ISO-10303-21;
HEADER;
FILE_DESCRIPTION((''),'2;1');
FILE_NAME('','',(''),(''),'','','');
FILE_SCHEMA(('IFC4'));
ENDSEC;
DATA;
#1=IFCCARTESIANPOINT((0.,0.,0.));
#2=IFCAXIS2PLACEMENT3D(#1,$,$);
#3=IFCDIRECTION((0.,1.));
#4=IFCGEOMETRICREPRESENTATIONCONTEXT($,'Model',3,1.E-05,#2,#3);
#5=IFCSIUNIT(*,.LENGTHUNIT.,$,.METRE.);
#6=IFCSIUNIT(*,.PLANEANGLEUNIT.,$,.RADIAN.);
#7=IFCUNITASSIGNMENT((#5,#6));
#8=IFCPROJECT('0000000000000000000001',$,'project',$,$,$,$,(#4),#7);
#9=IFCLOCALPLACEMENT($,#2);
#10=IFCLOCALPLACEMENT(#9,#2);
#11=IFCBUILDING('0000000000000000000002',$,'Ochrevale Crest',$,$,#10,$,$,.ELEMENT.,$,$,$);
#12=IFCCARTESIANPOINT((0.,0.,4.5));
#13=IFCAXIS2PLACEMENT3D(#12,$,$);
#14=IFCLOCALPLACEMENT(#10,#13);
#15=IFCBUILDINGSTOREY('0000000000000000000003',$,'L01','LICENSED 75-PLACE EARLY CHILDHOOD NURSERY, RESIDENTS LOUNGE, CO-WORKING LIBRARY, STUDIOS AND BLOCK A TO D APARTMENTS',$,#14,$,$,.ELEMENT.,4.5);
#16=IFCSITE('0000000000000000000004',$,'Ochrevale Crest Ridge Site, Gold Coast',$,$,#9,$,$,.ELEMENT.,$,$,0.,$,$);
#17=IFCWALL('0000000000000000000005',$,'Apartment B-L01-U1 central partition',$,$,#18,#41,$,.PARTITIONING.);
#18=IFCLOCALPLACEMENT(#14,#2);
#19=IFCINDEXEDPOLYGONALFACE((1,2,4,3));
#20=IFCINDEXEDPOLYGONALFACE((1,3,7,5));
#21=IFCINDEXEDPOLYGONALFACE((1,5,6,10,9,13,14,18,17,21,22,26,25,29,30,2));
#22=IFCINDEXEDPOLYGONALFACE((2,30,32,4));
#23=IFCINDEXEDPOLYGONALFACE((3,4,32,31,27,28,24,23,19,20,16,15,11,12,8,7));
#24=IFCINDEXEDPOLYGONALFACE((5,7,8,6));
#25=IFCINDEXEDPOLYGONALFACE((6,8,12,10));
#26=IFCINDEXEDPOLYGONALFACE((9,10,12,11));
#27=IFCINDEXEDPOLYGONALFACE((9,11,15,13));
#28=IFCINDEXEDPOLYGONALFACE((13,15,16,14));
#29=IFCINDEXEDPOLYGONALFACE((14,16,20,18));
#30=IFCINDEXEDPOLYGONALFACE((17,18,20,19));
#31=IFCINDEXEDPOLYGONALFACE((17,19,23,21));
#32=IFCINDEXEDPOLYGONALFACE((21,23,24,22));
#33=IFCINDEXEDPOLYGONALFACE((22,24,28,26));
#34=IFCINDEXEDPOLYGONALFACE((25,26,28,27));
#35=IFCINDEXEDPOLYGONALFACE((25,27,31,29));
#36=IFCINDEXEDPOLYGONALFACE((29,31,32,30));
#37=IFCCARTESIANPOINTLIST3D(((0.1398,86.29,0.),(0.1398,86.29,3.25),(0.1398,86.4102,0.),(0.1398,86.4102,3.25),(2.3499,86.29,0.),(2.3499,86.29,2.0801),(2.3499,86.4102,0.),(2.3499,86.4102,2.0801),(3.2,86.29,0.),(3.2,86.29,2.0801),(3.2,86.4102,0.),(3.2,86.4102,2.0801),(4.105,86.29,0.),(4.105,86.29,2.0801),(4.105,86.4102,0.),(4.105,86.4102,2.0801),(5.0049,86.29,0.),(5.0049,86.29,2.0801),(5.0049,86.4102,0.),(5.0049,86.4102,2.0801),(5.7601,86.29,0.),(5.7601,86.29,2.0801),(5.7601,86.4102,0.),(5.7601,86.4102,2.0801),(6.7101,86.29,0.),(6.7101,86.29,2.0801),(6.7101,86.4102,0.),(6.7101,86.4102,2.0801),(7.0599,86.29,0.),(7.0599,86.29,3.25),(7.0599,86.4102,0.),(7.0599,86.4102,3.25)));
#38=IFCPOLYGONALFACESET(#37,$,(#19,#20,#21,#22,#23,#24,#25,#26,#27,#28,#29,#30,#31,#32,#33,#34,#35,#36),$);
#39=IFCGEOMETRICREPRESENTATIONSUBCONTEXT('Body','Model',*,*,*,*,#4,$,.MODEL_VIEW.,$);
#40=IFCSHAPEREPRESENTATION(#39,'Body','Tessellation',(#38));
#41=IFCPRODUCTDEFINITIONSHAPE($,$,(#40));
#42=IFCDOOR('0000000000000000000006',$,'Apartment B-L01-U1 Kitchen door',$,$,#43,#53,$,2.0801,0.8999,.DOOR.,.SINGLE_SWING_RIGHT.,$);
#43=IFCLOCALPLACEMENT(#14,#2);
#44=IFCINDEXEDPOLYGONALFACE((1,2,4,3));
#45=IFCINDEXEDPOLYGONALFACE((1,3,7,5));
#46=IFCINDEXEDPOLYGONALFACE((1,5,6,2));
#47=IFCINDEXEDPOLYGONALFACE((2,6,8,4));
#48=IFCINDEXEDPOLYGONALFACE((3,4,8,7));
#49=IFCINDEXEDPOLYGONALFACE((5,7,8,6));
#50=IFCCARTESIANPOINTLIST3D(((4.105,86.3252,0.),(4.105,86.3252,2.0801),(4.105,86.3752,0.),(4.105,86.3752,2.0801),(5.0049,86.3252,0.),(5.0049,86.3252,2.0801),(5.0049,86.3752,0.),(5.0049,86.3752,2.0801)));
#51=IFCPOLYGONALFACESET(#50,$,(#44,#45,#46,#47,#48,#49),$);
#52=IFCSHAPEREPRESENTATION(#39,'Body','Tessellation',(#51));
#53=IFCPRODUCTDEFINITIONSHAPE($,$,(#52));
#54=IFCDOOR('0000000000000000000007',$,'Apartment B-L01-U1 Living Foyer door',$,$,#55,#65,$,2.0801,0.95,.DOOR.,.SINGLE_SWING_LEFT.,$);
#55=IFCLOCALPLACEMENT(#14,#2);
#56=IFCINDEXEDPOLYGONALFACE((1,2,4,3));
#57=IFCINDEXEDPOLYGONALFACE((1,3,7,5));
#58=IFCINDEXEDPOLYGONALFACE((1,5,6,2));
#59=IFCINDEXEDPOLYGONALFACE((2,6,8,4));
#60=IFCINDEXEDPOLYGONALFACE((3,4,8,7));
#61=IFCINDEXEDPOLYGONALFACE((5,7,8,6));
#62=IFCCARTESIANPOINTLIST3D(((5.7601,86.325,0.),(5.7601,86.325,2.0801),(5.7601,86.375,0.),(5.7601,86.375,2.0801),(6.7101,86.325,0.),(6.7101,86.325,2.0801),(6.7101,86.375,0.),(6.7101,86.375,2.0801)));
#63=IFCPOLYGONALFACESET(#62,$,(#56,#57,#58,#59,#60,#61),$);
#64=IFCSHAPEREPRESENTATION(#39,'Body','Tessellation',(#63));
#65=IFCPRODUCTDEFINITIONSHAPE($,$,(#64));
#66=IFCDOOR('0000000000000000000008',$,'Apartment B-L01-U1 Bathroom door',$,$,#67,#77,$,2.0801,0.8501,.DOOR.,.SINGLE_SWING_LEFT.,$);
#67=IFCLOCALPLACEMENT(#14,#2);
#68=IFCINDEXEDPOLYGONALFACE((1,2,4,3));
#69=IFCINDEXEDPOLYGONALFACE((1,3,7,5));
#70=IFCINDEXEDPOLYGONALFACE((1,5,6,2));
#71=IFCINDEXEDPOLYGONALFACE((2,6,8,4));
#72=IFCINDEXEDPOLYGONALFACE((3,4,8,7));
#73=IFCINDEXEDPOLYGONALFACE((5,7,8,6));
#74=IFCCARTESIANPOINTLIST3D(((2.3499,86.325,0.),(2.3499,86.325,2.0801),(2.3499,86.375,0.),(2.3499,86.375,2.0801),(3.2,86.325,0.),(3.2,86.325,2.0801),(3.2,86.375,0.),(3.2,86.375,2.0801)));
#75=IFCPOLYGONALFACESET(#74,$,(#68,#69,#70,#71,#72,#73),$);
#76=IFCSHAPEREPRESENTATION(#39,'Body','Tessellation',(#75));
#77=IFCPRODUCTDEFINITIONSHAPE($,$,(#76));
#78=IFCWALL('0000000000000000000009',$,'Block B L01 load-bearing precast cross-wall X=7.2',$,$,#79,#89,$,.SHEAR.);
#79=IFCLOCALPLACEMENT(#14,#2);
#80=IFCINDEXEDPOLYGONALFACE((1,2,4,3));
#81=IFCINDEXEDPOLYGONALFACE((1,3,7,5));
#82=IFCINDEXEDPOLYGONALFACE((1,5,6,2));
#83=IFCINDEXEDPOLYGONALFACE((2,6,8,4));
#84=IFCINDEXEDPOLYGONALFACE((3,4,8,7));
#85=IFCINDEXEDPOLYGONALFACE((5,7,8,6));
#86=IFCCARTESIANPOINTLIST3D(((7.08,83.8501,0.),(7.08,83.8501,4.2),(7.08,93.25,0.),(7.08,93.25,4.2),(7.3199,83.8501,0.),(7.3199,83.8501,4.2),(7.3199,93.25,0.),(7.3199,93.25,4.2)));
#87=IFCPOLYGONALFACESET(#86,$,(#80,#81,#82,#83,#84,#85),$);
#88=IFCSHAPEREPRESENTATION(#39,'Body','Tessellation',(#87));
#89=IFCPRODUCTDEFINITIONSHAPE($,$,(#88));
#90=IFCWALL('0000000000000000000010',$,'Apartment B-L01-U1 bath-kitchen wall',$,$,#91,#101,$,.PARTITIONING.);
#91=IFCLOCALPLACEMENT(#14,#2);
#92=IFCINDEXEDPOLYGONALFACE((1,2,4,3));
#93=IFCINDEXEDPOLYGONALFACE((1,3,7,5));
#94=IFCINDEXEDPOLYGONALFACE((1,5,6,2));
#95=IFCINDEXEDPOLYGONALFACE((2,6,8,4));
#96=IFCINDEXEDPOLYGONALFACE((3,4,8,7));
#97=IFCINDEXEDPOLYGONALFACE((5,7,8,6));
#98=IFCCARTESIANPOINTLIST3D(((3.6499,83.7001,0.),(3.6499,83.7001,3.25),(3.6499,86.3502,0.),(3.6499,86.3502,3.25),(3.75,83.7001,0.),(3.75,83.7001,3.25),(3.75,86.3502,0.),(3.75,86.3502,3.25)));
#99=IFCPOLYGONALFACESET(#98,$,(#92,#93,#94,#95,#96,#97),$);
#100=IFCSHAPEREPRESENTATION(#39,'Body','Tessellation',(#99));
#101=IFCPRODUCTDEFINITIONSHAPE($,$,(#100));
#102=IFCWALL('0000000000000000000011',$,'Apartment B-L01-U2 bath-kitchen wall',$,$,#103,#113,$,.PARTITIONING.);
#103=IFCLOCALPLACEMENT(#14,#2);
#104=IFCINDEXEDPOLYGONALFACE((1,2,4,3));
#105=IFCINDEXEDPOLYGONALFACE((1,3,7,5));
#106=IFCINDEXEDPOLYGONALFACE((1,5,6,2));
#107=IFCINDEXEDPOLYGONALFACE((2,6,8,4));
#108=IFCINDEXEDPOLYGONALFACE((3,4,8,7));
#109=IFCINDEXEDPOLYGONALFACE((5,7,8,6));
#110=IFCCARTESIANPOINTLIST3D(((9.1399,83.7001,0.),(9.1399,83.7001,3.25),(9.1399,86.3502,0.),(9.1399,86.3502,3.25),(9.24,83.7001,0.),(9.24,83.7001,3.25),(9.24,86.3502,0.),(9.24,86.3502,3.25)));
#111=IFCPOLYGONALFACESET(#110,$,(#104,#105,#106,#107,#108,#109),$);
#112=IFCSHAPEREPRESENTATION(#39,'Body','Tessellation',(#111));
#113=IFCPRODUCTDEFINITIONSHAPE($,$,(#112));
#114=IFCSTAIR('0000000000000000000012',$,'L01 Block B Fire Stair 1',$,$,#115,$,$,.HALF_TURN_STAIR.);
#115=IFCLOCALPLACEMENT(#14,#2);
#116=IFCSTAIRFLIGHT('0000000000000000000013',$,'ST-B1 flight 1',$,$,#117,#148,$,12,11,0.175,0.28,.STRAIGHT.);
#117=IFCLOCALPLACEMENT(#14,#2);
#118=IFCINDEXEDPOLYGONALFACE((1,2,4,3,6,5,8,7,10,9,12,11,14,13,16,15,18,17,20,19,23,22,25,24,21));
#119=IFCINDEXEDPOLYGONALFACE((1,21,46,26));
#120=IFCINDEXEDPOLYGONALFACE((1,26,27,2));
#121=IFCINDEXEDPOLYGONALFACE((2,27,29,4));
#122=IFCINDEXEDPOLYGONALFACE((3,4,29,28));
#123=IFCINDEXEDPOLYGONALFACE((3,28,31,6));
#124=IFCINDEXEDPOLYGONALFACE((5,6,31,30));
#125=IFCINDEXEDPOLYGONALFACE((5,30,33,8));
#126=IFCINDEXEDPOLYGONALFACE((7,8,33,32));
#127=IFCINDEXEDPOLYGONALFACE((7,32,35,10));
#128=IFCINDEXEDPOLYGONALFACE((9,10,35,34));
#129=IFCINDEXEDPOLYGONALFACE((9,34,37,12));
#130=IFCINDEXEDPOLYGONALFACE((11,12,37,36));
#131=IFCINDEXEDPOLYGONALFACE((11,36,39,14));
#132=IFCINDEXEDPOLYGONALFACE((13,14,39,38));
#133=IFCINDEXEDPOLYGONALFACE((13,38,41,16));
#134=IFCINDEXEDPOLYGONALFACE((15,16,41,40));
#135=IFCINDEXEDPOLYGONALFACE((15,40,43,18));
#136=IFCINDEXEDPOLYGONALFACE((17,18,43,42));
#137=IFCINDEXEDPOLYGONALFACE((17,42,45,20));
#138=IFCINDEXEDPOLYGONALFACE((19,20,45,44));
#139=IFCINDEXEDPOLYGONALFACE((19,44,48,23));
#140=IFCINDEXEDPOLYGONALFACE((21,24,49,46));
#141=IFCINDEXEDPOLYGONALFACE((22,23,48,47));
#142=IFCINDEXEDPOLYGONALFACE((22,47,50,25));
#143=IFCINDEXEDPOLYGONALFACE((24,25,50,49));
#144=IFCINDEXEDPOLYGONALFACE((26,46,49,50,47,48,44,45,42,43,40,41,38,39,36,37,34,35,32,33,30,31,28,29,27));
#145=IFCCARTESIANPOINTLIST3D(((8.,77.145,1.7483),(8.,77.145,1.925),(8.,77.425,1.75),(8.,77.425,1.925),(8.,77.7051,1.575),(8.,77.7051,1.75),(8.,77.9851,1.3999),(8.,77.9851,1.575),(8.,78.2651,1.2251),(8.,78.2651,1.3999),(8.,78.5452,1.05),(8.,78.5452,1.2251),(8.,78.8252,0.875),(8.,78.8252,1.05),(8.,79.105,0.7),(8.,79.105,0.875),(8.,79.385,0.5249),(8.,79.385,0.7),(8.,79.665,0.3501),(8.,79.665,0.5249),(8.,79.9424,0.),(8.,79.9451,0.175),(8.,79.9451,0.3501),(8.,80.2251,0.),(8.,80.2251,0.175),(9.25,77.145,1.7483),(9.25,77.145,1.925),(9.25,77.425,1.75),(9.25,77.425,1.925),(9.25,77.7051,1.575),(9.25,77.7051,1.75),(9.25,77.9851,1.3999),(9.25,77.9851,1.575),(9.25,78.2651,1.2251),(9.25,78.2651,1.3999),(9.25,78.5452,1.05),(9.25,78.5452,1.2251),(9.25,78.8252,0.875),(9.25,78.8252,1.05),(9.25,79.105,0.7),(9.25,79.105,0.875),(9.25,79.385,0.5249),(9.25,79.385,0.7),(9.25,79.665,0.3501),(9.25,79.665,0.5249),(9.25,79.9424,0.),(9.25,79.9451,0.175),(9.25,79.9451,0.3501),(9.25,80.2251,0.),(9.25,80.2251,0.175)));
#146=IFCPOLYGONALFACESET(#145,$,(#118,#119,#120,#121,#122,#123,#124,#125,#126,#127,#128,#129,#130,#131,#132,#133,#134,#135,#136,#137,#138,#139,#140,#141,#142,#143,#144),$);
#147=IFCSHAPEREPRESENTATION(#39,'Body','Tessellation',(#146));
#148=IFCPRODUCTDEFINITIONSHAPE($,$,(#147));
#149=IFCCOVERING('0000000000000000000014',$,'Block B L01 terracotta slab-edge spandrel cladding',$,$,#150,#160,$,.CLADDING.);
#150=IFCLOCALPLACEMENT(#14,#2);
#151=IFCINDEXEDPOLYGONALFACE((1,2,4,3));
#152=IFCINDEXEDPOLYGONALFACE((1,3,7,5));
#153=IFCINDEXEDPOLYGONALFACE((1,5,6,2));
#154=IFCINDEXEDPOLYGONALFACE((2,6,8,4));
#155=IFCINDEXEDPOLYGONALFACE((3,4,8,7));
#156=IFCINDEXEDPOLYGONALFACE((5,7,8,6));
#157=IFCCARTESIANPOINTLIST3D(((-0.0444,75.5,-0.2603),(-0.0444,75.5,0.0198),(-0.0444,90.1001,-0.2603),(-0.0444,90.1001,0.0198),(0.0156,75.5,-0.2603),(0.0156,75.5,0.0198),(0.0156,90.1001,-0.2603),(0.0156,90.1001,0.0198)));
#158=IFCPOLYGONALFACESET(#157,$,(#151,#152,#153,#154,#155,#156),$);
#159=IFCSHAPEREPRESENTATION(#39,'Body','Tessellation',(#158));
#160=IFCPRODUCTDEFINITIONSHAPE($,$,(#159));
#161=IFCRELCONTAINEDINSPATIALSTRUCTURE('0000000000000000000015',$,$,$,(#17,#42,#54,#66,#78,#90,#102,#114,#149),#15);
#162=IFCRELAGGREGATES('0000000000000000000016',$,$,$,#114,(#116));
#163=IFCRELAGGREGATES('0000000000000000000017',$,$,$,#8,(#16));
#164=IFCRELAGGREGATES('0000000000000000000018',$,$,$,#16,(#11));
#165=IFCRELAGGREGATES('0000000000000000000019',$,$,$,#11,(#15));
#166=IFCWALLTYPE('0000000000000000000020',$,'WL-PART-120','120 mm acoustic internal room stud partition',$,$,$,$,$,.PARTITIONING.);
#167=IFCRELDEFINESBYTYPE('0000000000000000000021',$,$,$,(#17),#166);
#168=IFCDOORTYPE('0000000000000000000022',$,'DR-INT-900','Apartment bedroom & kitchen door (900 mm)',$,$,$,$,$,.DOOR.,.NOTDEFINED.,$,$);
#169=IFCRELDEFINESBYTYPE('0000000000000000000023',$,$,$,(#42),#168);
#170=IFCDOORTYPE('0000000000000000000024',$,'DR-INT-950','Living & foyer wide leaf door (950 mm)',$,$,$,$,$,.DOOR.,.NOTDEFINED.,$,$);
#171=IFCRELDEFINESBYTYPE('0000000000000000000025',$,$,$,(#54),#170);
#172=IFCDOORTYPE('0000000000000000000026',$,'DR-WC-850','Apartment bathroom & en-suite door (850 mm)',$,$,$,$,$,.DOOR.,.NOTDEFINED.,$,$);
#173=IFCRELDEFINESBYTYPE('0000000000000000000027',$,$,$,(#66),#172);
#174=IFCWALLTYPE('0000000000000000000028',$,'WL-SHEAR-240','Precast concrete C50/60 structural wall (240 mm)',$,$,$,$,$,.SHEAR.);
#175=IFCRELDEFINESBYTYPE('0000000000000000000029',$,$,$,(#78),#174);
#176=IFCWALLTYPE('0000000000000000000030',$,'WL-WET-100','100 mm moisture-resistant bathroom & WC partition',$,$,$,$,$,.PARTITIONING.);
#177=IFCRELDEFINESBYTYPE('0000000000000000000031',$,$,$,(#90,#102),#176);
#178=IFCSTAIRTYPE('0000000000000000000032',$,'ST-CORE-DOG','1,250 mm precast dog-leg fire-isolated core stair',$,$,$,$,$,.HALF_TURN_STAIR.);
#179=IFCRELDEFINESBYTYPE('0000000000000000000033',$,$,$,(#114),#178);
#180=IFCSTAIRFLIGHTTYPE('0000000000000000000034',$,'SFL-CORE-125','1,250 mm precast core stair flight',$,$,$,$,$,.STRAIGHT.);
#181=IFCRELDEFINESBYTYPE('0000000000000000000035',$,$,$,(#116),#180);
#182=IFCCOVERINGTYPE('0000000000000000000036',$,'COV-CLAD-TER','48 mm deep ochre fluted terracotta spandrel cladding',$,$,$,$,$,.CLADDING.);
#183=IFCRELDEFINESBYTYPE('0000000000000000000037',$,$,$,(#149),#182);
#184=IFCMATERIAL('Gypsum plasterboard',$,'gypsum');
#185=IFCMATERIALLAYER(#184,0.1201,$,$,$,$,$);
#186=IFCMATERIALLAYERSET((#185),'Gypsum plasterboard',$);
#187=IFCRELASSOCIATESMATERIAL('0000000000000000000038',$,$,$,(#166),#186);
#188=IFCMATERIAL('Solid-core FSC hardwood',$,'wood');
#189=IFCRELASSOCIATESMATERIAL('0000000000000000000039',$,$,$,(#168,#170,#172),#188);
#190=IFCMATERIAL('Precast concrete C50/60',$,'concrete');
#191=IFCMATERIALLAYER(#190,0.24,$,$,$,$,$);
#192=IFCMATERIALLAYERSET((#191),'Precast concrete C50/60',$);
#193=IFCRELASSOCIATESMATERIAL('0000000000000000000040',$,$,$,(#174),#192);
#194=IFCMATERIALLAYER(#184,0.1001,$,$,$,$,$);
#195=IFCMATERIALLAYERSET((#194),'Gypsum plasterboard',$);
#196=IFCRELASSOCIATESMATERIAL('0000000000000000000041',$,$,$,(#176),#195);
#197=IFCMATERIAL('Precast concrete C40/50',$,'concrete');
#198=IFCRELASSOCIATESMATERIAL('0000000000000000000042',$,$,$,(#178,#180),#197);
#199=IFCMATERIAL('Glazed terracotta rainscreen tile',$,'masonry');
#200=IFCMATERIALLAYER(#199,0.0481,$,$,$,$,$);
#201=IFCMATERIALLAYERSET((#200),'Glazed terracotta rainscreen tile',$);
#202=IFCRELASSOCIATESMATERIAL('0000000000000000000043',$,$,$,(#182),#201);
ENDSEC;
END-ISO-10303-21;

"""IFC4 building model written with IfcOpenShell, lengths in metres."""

from ifc_helpers import new_model, si_unit, direction, frame, frame_2d, origin, origin_2d, place, context, subcontext, project, spatial, polyline, rectangle, outline, extrude, material, layer, layer_set, type_object, element, fill, aggregate, save


model = new_model("IFC4")

# Units and contexts
model_context = context("Model", 3, precision=1e-05, world=origin(), true_north=direction((0.0, 1.0)))
body_context = subcontext(model_context, "Body", "Model", "MODEL_VIEW")
ifc_project = project(units=[si_unit("LENGTHUNIT", "METRE"), si_unit("PLANEANGLEUNIT", "RADIAN")], contexts=[model_context])

# Site, building, storey
site_placement = place(None, origin())
site = spatial("IfcSite", under=ifc_project, at=site_placement, Name="Ochrevale Crest Ridge Site, Gold Coast", CompositionType="ELEMENT", RefElevation=0.0)
building_placement = place(site_placement, origin())
building = spatial("IfcBuilding", under=site, at=building_placement, Name="Ochrevale Crest", CompositionType="ELEMENT")
storey_placement = place(building_placement, frame((0.0, 0.0, 4.5)))
storey = spatial("IfcBuildingStorey", under=building, at=storey_placement, Name="L01", Description="LICENSED 75-PLACE EARLY CHILDHOOD NURSERY, RESIDENTS LOUNGE, CO-WORKING LIBRARY, STUDIOS AND BLOCK A TO D APARTMENTS", CompositionType="ELEMENT", Elevation=4.5)

# Shared definitions
ifc_material_1 = material(Name="Gypsum plasterboard", Category="gypsum")
ifc_material_2 = material(Name="Solid-core FSC hardwood", Category="wood")
ifc_material_3 = material(Name="Precast concrete C50/60", Category="concrete")

# Shared definitions
ifc_layer_1 = layer(ifc_material_1, 0.1201)
ifc_layer_set_1 = layer_set([ifc_layer_1], Name="Gypsum plasterboard")
wall_type_1 = type_object("IfcWallType", Name="WL-PART-120", Description="120 mm acoustic internal room stud partition", PredefinedType="PARTITIONING", material=ifc_layer_set_1)

# Wall, openings, doors
wall_1_placement = place(storey_placement, frame((0.1399, 86.3501, 0.0), z_axis=(0.0, 0.0, 1.0), x_axis=(1.0, 0.0, 0.0)))
wall_1 = element("IfcWall", 1, at=wall_1_placement, inside=storey, type_object=wall_type_1, Name="Apartment B-L01-U1 central partition", PredefinedType="PARTITIONING", context=body_context, shape_type="SweptSolid", body=[
    extrude(rectangle(XDim=6.9202, YDim=0.1201, at=frame_2d((3.46, 0.0))), origin(), (0.0, 0.0, 1.0), 3.25),
])
opening_1_placement = place(wall_1_placement, frame((2.21, 0.0, 0.0)))
opening_1 = element("IfcOpeningElement", 2, at=opening_1_placement, cuts=wall_1, PredefinedType="OPENING", context=body_context, shape_type="SweptSolid", body=[
    extrude(rectangle(XDim=0.8501, YDim=2.0801, at=frame_2d((0.425, 1.04))), frame((0.0, 0.0701, 0.0), z_axis=(0.0, -1.0, 0.0), x_axis=(1.0, 0.0, 0.0)), (0.0, 0.0, 1.0), 0.1401),
])
opening_2_placement = place(wall_1_placement, frame((4.865, 0.0, 0.0), z_axis=(0.0, 0.0, 1.0), x_axis=(-1.0, 0.0, 0.0)))
opening_2 = element("IfcOpeningElement", 3, at=opening_2_placement, cuts=wall_1, PredefinedType="OPENING", context=body_context, shape_type="SweptSolid", body=[
    extrude(rectangle(XDim=0.8999, YDim=2.0801, at=frame_2d((0.45, 1.04))), frame((0.0, 0.0701, 0.0), z_axis=(0.0, -1.0, 0.0), x_axis=(1.0, 0.0, 0.0)), (0.0, 0.0, 1.0), 0.1401),
])
opening_3_placement = place(wall_1_placement, frame((5.6201, 0.0, 0.0)))
opening_3 = element("IfcOpeningElement", 4, at=opening_3_placement, cuts=wall_1, PredefinedType="OPENING", context=body_context, shape_type="SweptSolid", body=[
    extrude(rectangle(XDim=0.95, YDim=2.0801, at=frame_2d((0.4751, 1.04))), frame((0.0, 0.0701, 0.0), z_axis=(0.0, -1.0, 0.0), x_axis=(1.0, 0.0, 0.0)), (0.0, 0.0, 1.0), 0.1401),
])
door_type_1 = type_object("IfcDoorType", Name="DR-INT-900", Description="Apartment bedroom & kitchen door (900 mm)", OperationType="NOTDEFINED", PredefinedType="DOOR", material=ifc_material_2)
door_1_placement = place(opening_2_placement, origin())
door_1 = element("IfcDoor", 5, at=door_1_placement, inside=storey, type_object=door_type_1, Name="Apartment B-L01-U1 Kitchen door", OperationType="SINGLE_SWING_RIGHT", OverallHeight=2.0801, OverallWidth=0.8999, PredefinedType="DOOR", context=body_context, shape_type="SweptSolid", body=[
    extrude(rectangle(XDim=0.8999, YDim=2.0801, at=frame_2d((0.45, 1.04))), frame((0.0, 0.0249, 0.0), z_axis=(0.0, -1.0, 0.0), x_axis=(1.0, 0.0, 0.0)), (0.0, 0.0, 1.0), 0.05),
])
fill(opening_2, door_1)
door_type_2 = type_object("IfcDoorType", Name="DR-INT-950", Description="Living & foyer wide leaf door (950 mm)", OperationType="NOTDEFINED", PredefinedType="DOOR", material=ifc_material_2)
door_2_placement = place(opening_3_placement, origin())
door_2 = element("IfcDoor", 6, at=door_2_placement, inside=storey, type_object=door_type_2, Name="Apartment B-L01-U1 Living Foyer door", OperationType="SINGLE_SWING_LEFT", OverallHeight=2.0801, OverallWidth=0.95, PredefinedType="DOOR", context=body_context, shape_type="SweptSolid", body=[
    extrude(rectangle(XDim=0.95, YDim=2.0801, at=frame_2d((0.4751, 1.04))), frame((0.0, 0.0249, 0.0), z_axis=(0.0, -1.0, 0.0), x_axis=(1.0, 0.0, 0.0)), (0.0, 0.0, 1.0), 0.05),
])
fill(opening_3, door_2)
door_type_3 = type_object("IfcDoorType", Name="DR-WC-850", Description="Apartment bathroom & en-suite door (850 mm)", OperationType="NOTDEFINED", PredefinedType="DOOR", material=ifc_material_2)
door_3_placement = place(opening_1_placement, origin())
door_3 = element("IfcDoor", 7, at=door_3_placement, inside=storey, type_object=door_type_3, Name="Apartment B-L01-U1 Bathroom door", OperationType="SINGLE_SWING_LEFT", OverallHeight=2.0801, OverallWidth=0.8501, PredefinedType="DOOR", context=body_context, shape_type="SweptSolid", body=[
    extrude(rectangle(XDim=0.8501, YDim=2.0801, at=frame_2d((0.425, 1.04))), frame((0.0, 0.0249, 0.0), z_axis=(0.0, -1.0, 0.0), x_axis=(1.0, 0.0, 0.0)), (0.0, 0.0, 1.0), 0.05),
])
fill(opening_1, door_3)

# Walls
ifc_layer_2 = layer(ifc_material_3, 0.24)
ifc_layer_set_2 = layer_set([ifc_layer_2], Name="Precast concrete C50/60")
wall_type_2 = type_object("IfcWallType", Name="WL-SHEAR-240", Description="Precast concrete C50/60 structural wall (240 mm)", PredefinedType="SHEAR", material=ifc_layer_set_2)
wall_2_placement = place(storey_placement, frame((7.2, 83.8501, 0.0), z_axis=(0.0, 0.0, 1.0), x_axis=(0.0, 1.0, 0.0)))
element("IfcWall", 8, at=wall_2_placement, inside=storey, type_object=wall_type_2, Name="Block B L01 load-bearing precast cross-wall X=7.2", PredefinedType="SHEAR", context=body_context, shape_type="SweptSolid", body=[
    extrude(rectangle(XDim=9.3999, YDim=0.24, at=frame_2d((4.7, 0.0))), origin(), (0.0, 0.0, 1.0), 4.2),
])
ifc_layer_3 = layer(ifc_material_1, 0.1001)
ifc_layer_set_3 = layer_set([ifc_layer_3], Name="Gypsum plasterboard")
wall_type_3 = type_object("IfcWallType", Name="WL-WET-100", Description="100 mm moisture-resistant bathroom & WC partition", PredefinedType="PARTITIONING", material=ifc_layer_set_3)
for number, where, z_axis, x_axis, name in (
    (9, (3.7, 83.7, 0.0), (0.0, 0.0, 1.0), (0.0, 1.0, 0.0), "Apartment B-L01-U1 bath-kitchen wall"),
    (10, (9.1899, 83.7, 0.0), (0.0, 0.0, 1.0), (0.0, 1.0, 0.0), "Apartment B-L01-U2 bath-kitchen wall"),
):
    element("IfcWall", number, at=place(storey_placement, frame(where, z_axis=z_axis, x_axis=x_axis)), inside=storey, type_object=wall_type_3, Name=name, PredefinedType="PARTITIONING", context=body_context, shape_type="SweptSolid", body=[
        extrude(rectangle(XDim=2.6501, YDim=0.1001, at=frame_2d((1.3252, 0.0))), origin(), (0.0, 0.0, 1.0), 3.25),
    ])

# Stair, stair flight
ifc_material_4 = material(Name="Precast concrete C40/50", Category="concrete")
stair_type = type_object("IfcStairType", Name="ST-CORE-DOG", Description="1,250 mm precast dog-leg fire-isolated core stair", PredefinedType="HALF_TURN_STAIR", material=ifc_material_4)
stair_placement = place(storey_placement, origin())
stair = element("IfcStair", 11, at=stair_placement, inside=storey, type_object=stair_type, Name="L01 Block B Fire Stair 1", PredefinedType="HALF_TURN_STAIR")
stair_flight_type = type_object("IfcStairFlightType", Name="SFL-CORE-125", Description="1,250 mm precast core stair flight", PredefinedType="STRAIGHT", material=ifc_material_4)
stair_flight_placement = place(storey_placement, frame((8.625, 80.2251, 0.0), z_axis=(0.0, 0.0, 1.0), x_axis=(0.0, -1.0, 0.0)))
stair_flight = element("IfcStairFlight", 12, at=stair_flight_placement, type_object=stair_flight_type, Name="ST-B1 flight 1", NumberOfRisers=12, NumberOfTreads=11, PredefinedType="STRAIGHT", RiserHeight=0.175, TreadLength=0.28, context=body_context, shape_type="SweptSolid", body=[
    extrude(outline(polyline([(0.0, 0.0), (0.0, 0.175), (0.28, 0.175), (0.28, 0.3501), (0.5601, 0.3501), (0.5601, 0.5249), (0.8401, 0.5249), (0.8401, 0.7), (1.1201, 0.7), (1.1201, 0.875), (1.3999, 0.875), (1.3999, 1.05), (1.6799, 1.05), (1.6799, 1.2251), (1.96, 1.2251), (1.96, 1.3999), (2.24, 1.3999), (2.24, 1.575), (2.52, 1.575), (2.52, 1.75), (2.8, 1.75), (2.8, 1.925), (3.0801, 1.925), (3.0801, 2.1001), (3.0801, 1.7483), (0.2827, 0.0), (0.0, 0.0)])), frame((0.0, 0.625, 0.0), z_axis=(0.0, -1.0, 0.0), x_axis=(1.0, 0.0, 0.0)), (0.0, 0.0, 1.0), 1.25),
])
aggregate(stair, [stair_flight])

# Covering
ifc_material_5 = material(Name="Glazed terracotta rainscreen tile", Category="masonry")
ifc_layer_4 = layer(ifc_material_5, 0.0481)
ifc_layer_set_4 = layer_set([ifc_layer_4], Name="Glazed terracotta rainscreen tile")
covering_type = type_object("IfcCoveringType", Name="COV-CLAD-TER", Description="48 mm deep ochre fluted terracotta spandrel cladding", PredefinedType="CLADDING", material=ifc_layer_set_4)
covering_placement = place(storey_placement, frame((-0.0144, 82.8, -0.2603), z_axis=(0.0, 0.0, 1.0), x_axis=(0.0, -1.0, 0.0)))
element("IfcCovering", 13, at=covering_placement, inside=storey, type_object=covering_type, Name="Block B L01 terracotta slab-edge spandrel cladding", PredefinedType="CLADDING", context=body_context, shape_type="SweptSolid", body=[
    extrude(rectangle(XDim=14.6001, YDim=0.0601, at=origin_2d()), origin(), (0.0, 0.0, 1.0), 0.28),
])

save(model, "model.ifc")
